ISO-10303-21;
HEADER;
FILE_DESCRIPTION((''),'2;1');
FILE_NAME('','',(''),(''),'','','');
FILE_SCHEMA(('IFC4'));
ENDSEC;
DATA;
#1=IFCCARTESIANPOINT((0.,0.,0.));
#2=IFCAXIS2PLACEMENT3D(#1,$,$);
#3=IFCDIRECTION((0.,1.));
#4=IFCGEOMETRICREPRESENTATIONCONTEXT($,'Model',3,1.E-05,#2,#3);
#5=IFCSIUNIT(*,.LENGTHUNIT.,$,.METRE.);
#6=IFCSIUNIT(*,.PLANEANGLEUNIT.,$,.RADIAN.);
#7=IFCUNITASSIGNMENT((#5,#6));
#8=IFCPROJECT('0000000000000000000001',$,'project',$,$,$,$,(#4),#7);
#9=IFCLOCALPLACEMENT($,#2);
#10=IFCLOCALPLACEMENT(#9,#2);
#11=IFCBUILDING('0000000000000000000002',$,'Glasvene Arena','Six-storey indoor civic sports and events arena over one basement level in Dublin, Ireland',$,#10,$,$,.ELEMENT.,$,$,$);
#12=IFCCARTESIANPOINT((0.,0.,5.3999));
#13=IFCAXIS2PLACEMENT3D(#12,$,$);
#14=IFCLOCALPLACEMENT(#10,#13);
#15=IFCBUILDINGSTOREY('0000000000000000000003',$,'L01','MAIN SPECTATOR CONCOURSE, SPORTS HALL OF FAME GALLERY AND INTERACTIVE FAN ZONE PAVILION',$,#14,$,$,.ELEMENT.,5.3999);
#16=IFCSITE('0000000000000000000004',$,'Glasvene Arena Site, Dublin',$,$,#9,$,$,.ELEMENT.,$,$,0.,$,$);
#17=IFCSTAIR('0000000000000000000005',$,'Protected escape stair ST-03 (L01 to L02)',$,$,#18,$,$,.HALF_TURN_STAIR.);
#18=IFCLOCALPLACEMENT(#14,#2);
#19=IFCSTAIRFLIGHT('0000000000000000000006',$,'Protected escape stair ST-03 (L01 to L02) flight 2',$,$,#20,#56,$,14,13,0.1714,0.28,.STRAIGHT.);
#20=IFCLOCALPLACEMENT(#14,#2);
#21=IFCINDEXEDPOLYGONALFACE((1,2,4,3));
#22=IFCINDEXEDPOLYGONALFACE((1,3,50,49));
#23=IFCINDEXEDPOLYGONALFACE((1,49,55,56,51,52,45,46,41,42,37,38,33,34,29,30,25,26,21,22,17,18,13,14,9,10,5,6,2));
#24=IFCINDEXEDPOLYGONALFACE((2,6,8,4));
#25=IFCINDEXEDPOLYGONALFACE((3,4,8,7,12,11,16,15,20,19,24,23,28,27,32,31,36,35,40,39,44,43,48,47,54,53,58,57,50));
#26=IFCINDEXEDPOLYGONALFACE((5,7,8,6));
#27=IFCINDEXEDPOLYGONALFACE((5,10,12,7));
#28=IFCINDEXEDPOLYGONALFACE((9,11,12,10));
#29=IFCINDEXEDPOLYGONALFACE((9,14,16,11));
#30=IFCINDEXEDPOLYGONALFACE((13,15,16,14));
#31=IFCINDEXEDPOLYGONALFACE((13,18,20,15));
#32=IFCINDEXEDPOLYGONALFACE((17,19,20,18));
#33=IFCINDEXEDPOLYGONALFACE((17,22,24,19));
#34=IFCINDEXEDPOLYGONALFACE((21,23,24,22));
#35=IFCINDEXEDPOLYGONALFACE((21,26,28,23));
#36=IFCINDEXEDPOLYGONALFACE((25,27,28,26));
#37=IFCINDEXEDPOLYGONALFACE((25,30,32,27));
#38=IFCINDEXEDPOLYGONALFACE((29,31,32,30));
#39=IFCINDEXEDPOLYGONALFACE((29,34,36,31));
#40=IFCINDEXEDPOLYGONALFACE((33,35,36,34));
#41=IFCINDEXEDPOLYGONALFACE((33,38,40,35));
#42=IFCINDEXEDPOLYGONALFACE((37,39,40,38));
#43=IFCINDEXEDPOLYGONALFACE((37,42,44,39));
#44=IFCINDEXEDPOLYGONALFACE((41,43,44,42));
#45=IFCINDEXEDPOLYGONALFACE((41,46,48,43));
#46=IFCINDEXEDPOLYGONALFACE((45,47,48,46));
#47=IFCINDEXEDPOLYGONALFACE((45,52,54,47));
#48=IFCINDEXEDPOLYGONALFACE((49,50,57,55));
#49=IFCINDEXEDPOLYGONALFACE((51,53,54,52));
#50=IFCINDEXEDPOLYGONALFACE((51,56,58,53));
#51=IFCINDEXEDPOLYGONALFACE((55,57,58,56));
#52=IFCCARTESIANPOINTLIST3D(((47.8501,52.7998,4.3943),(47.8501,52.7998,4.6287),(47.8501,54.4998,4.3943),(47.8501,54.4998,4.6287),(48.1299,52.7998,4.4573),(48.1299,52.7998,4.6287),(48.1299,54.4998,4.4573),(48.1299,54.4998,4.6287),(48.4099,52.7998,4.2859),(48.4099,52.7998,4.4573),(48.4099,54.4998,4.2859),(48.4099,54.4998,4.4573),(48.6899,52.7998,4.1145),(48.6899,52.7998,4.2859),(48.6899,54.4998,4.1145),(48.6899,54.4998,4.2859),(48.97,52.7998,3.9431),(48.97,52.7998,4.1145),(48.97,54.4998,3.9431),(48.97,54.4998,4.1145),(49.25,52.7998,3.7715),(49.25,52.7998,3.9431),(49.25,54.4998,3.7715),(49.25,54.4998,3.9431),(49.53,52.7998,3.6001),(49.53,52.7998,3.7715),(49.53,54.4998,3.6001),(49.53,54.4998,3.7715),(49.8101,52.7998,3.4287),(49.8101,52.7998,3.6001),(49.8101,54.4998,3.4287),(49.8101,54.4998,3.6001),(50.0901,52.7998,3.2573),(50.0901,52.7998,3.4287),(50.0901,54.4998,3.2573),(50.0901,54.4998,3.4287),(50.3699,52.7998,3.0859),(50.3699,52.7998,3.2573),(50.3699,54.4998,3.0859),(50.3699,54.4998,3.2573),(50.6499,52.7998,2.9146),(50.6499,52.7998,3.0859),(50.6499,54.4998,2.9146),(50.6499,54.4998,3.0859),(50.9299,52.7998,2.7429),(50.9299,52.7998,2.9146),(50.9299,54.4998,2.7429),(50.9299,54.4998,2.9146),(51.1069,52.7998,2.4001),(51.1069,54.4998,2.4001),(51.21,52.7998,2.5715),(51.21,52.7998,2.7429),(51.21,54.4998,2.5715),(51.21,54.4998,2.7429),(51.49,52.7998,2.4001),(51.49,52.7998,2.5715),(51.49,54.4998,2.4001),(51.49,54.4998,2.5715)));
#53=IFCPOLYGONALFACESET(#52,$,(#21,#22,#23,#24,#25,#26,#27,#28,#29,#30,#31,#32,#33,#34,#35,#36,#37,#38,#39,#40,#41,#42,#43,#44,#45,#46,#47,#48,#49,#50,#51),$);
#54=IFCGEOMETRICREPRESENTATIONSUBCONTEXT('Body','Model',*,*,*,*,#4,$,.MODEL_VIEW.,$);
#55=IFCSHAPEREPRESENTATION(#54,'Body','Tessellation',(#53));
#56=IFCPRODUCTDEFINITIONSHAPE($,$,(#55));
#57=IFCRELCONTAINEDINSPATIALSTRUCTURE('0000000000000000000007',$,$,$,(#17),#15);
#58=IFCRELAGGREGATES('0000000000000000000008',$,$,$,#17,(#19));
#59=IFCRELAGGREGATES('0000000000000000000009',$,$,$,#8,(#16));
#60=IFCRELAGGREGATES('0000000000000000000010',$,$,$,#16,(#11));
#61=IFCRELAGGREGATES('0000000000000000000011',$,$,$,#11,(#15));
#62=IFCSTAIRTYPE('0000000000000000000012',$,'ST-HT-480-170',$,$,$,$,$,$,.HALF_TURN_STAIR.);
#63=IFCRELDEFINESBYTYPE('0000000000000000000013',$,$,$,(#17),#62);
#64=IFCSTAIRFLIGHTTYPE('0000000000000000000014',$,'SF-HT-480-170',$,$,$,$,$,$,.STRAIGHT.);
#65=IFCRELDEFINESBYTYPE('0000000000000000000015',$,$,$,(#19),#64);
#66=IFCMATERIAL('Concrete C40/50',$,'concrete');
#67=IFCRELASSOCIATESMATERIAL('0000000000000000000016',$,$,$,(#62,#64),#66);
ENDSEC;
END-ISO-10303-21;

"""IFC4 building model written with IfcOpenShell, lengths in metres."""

from ifc_helpers import new_model, si_unit, direction, frame, origin, place, context, subcontext, project, spatial, polyline, outline, extrude, material, type_object, element, aggregate, save


model = new_model("IFC4")

# Units and contexts
model_context = context("Model", 3, precision=1e-05, world=origin(), true_north=direction((0.0, 1.0)))
body_context = subcontext(model_context, "Body", "Model", "MODEL_VIEW")
ifc_project = project(units=[si_unit("LENGTHUNIT", "METRE"), si_unit("PLANEANGLEUNIT", "RADIAN")], contexts=[model_context])

# Site, building, storey
site_placement = place(None, origin())
site = spatial("IfcSite", under=ifc_project, at=site_placement, Name="Glasvene Arena Site, Dublin", CompositionType="ELEMENT", RefElevation=0.0)
building_placement = place(site_placement, origin())
building = spatial("IfcBuilding", under=site, at=building_placement, Name="Glasvene Arena", Description="Six-storey indoor civic sports and events arena over one basement level in Dublin, Ireland", CompositionType="ELEMENT")
storey_placement = place(building_placement, frame((0.0, 0.0, 5.3999)))
storey = spatial("IfcBuildingStorey", under=building, at=storey_placement, Name="L01", Description="MAIN SPECTATOR CONCOURSE, SPORTS HALL OF FAME GALLERY AND INTERACTIVE FAN ZONE PAVILION", CompositionType="ELEMENT", Elevation=5.3999)

# Shared definitions
ifc_material_1 = material(Name="Concrete C40/50", Category="concrete")

# Stair
stair_type = type_object("IfcStairType", Name="ST-HT-480-170", PredefinedType="HALF_TURN_STAIR", material=ifc_material_1)
stair_placement = place(storey_placement, origin())
stair = element("IfcStair", 1, at=stair_placement, inside=storey, type_object=stair_type, Name="Protected escape stair ST-03 (L01 to L02)", PredefinedType="HALF_TURN_STAIR")

# Stair flight
stair_flight_type = type_object("IfcStairFlightType", Name="SF-HT-480-170", PredefinedType="STRAIGHT", material=ifc_material_1)
stair_flight_1_placement = place(storey_placement, frame((51.49, 53.6499, 2.4001), z_axis=(0.0, 0.0, 1.0), x_axis=(-1.0, 0.0, 0.0)))
stair_flight_1 = element("IfcStairFlight", 2, at=stair_flight_1_placement, type_object=stair_flight_type, Name="Protected escape stair ST-03 (L01 to L02) flight 2", NumberOfRisers=14, NumberOfTreads=13, PredefinedType="STRAIGHT", RiserHeight=0.1714, TreadLength=0.28, context=body_context, shape_type="SweptSolid", body=[
    extrude(outline(polyline([(0.0, 0.0), (0.0, 0.1714), (0.28, 0.1714), (0.28, 0.3428), (0.5601, 0.3428), (0.5601, 0.5144), (0.8401, 0.5144), (0.8401, 0.6858), (1.1201, 0.6858), (1.1201, 0.8572), (1.3999, 0.8572), (1.3999, 1.0286), (1.6799, 1.0286), (1.6799, 1.2), (1.96, 1.2), (1.96, 1.3713), (2.24, 1.3713), (2.24, 1.543), (2.52, 1.543), (2.52, 1.7144), (2.8, 1.7144), (2.8, 1.8857), (3.0801, 1.8857), (3.0801, 2.0571), (3.3601, 2.0571), (3.3601, 2.2285), (3.6399, 2.2285), (3.6399, 2.3999), (3.6399, 1.9941), (0.3831, 0.0), (0.0, 0.0)])), frame((0.0, 0.8501, 0.0), z_axis=(0.0, -1.0, 0.0), x_axis=(1.0, 0.0, 0.0)), (0.0, 0.0, 1.0), 1.7),
])
aggregate(stair, [stair_flight_1])

save(model, "model.ifc")
